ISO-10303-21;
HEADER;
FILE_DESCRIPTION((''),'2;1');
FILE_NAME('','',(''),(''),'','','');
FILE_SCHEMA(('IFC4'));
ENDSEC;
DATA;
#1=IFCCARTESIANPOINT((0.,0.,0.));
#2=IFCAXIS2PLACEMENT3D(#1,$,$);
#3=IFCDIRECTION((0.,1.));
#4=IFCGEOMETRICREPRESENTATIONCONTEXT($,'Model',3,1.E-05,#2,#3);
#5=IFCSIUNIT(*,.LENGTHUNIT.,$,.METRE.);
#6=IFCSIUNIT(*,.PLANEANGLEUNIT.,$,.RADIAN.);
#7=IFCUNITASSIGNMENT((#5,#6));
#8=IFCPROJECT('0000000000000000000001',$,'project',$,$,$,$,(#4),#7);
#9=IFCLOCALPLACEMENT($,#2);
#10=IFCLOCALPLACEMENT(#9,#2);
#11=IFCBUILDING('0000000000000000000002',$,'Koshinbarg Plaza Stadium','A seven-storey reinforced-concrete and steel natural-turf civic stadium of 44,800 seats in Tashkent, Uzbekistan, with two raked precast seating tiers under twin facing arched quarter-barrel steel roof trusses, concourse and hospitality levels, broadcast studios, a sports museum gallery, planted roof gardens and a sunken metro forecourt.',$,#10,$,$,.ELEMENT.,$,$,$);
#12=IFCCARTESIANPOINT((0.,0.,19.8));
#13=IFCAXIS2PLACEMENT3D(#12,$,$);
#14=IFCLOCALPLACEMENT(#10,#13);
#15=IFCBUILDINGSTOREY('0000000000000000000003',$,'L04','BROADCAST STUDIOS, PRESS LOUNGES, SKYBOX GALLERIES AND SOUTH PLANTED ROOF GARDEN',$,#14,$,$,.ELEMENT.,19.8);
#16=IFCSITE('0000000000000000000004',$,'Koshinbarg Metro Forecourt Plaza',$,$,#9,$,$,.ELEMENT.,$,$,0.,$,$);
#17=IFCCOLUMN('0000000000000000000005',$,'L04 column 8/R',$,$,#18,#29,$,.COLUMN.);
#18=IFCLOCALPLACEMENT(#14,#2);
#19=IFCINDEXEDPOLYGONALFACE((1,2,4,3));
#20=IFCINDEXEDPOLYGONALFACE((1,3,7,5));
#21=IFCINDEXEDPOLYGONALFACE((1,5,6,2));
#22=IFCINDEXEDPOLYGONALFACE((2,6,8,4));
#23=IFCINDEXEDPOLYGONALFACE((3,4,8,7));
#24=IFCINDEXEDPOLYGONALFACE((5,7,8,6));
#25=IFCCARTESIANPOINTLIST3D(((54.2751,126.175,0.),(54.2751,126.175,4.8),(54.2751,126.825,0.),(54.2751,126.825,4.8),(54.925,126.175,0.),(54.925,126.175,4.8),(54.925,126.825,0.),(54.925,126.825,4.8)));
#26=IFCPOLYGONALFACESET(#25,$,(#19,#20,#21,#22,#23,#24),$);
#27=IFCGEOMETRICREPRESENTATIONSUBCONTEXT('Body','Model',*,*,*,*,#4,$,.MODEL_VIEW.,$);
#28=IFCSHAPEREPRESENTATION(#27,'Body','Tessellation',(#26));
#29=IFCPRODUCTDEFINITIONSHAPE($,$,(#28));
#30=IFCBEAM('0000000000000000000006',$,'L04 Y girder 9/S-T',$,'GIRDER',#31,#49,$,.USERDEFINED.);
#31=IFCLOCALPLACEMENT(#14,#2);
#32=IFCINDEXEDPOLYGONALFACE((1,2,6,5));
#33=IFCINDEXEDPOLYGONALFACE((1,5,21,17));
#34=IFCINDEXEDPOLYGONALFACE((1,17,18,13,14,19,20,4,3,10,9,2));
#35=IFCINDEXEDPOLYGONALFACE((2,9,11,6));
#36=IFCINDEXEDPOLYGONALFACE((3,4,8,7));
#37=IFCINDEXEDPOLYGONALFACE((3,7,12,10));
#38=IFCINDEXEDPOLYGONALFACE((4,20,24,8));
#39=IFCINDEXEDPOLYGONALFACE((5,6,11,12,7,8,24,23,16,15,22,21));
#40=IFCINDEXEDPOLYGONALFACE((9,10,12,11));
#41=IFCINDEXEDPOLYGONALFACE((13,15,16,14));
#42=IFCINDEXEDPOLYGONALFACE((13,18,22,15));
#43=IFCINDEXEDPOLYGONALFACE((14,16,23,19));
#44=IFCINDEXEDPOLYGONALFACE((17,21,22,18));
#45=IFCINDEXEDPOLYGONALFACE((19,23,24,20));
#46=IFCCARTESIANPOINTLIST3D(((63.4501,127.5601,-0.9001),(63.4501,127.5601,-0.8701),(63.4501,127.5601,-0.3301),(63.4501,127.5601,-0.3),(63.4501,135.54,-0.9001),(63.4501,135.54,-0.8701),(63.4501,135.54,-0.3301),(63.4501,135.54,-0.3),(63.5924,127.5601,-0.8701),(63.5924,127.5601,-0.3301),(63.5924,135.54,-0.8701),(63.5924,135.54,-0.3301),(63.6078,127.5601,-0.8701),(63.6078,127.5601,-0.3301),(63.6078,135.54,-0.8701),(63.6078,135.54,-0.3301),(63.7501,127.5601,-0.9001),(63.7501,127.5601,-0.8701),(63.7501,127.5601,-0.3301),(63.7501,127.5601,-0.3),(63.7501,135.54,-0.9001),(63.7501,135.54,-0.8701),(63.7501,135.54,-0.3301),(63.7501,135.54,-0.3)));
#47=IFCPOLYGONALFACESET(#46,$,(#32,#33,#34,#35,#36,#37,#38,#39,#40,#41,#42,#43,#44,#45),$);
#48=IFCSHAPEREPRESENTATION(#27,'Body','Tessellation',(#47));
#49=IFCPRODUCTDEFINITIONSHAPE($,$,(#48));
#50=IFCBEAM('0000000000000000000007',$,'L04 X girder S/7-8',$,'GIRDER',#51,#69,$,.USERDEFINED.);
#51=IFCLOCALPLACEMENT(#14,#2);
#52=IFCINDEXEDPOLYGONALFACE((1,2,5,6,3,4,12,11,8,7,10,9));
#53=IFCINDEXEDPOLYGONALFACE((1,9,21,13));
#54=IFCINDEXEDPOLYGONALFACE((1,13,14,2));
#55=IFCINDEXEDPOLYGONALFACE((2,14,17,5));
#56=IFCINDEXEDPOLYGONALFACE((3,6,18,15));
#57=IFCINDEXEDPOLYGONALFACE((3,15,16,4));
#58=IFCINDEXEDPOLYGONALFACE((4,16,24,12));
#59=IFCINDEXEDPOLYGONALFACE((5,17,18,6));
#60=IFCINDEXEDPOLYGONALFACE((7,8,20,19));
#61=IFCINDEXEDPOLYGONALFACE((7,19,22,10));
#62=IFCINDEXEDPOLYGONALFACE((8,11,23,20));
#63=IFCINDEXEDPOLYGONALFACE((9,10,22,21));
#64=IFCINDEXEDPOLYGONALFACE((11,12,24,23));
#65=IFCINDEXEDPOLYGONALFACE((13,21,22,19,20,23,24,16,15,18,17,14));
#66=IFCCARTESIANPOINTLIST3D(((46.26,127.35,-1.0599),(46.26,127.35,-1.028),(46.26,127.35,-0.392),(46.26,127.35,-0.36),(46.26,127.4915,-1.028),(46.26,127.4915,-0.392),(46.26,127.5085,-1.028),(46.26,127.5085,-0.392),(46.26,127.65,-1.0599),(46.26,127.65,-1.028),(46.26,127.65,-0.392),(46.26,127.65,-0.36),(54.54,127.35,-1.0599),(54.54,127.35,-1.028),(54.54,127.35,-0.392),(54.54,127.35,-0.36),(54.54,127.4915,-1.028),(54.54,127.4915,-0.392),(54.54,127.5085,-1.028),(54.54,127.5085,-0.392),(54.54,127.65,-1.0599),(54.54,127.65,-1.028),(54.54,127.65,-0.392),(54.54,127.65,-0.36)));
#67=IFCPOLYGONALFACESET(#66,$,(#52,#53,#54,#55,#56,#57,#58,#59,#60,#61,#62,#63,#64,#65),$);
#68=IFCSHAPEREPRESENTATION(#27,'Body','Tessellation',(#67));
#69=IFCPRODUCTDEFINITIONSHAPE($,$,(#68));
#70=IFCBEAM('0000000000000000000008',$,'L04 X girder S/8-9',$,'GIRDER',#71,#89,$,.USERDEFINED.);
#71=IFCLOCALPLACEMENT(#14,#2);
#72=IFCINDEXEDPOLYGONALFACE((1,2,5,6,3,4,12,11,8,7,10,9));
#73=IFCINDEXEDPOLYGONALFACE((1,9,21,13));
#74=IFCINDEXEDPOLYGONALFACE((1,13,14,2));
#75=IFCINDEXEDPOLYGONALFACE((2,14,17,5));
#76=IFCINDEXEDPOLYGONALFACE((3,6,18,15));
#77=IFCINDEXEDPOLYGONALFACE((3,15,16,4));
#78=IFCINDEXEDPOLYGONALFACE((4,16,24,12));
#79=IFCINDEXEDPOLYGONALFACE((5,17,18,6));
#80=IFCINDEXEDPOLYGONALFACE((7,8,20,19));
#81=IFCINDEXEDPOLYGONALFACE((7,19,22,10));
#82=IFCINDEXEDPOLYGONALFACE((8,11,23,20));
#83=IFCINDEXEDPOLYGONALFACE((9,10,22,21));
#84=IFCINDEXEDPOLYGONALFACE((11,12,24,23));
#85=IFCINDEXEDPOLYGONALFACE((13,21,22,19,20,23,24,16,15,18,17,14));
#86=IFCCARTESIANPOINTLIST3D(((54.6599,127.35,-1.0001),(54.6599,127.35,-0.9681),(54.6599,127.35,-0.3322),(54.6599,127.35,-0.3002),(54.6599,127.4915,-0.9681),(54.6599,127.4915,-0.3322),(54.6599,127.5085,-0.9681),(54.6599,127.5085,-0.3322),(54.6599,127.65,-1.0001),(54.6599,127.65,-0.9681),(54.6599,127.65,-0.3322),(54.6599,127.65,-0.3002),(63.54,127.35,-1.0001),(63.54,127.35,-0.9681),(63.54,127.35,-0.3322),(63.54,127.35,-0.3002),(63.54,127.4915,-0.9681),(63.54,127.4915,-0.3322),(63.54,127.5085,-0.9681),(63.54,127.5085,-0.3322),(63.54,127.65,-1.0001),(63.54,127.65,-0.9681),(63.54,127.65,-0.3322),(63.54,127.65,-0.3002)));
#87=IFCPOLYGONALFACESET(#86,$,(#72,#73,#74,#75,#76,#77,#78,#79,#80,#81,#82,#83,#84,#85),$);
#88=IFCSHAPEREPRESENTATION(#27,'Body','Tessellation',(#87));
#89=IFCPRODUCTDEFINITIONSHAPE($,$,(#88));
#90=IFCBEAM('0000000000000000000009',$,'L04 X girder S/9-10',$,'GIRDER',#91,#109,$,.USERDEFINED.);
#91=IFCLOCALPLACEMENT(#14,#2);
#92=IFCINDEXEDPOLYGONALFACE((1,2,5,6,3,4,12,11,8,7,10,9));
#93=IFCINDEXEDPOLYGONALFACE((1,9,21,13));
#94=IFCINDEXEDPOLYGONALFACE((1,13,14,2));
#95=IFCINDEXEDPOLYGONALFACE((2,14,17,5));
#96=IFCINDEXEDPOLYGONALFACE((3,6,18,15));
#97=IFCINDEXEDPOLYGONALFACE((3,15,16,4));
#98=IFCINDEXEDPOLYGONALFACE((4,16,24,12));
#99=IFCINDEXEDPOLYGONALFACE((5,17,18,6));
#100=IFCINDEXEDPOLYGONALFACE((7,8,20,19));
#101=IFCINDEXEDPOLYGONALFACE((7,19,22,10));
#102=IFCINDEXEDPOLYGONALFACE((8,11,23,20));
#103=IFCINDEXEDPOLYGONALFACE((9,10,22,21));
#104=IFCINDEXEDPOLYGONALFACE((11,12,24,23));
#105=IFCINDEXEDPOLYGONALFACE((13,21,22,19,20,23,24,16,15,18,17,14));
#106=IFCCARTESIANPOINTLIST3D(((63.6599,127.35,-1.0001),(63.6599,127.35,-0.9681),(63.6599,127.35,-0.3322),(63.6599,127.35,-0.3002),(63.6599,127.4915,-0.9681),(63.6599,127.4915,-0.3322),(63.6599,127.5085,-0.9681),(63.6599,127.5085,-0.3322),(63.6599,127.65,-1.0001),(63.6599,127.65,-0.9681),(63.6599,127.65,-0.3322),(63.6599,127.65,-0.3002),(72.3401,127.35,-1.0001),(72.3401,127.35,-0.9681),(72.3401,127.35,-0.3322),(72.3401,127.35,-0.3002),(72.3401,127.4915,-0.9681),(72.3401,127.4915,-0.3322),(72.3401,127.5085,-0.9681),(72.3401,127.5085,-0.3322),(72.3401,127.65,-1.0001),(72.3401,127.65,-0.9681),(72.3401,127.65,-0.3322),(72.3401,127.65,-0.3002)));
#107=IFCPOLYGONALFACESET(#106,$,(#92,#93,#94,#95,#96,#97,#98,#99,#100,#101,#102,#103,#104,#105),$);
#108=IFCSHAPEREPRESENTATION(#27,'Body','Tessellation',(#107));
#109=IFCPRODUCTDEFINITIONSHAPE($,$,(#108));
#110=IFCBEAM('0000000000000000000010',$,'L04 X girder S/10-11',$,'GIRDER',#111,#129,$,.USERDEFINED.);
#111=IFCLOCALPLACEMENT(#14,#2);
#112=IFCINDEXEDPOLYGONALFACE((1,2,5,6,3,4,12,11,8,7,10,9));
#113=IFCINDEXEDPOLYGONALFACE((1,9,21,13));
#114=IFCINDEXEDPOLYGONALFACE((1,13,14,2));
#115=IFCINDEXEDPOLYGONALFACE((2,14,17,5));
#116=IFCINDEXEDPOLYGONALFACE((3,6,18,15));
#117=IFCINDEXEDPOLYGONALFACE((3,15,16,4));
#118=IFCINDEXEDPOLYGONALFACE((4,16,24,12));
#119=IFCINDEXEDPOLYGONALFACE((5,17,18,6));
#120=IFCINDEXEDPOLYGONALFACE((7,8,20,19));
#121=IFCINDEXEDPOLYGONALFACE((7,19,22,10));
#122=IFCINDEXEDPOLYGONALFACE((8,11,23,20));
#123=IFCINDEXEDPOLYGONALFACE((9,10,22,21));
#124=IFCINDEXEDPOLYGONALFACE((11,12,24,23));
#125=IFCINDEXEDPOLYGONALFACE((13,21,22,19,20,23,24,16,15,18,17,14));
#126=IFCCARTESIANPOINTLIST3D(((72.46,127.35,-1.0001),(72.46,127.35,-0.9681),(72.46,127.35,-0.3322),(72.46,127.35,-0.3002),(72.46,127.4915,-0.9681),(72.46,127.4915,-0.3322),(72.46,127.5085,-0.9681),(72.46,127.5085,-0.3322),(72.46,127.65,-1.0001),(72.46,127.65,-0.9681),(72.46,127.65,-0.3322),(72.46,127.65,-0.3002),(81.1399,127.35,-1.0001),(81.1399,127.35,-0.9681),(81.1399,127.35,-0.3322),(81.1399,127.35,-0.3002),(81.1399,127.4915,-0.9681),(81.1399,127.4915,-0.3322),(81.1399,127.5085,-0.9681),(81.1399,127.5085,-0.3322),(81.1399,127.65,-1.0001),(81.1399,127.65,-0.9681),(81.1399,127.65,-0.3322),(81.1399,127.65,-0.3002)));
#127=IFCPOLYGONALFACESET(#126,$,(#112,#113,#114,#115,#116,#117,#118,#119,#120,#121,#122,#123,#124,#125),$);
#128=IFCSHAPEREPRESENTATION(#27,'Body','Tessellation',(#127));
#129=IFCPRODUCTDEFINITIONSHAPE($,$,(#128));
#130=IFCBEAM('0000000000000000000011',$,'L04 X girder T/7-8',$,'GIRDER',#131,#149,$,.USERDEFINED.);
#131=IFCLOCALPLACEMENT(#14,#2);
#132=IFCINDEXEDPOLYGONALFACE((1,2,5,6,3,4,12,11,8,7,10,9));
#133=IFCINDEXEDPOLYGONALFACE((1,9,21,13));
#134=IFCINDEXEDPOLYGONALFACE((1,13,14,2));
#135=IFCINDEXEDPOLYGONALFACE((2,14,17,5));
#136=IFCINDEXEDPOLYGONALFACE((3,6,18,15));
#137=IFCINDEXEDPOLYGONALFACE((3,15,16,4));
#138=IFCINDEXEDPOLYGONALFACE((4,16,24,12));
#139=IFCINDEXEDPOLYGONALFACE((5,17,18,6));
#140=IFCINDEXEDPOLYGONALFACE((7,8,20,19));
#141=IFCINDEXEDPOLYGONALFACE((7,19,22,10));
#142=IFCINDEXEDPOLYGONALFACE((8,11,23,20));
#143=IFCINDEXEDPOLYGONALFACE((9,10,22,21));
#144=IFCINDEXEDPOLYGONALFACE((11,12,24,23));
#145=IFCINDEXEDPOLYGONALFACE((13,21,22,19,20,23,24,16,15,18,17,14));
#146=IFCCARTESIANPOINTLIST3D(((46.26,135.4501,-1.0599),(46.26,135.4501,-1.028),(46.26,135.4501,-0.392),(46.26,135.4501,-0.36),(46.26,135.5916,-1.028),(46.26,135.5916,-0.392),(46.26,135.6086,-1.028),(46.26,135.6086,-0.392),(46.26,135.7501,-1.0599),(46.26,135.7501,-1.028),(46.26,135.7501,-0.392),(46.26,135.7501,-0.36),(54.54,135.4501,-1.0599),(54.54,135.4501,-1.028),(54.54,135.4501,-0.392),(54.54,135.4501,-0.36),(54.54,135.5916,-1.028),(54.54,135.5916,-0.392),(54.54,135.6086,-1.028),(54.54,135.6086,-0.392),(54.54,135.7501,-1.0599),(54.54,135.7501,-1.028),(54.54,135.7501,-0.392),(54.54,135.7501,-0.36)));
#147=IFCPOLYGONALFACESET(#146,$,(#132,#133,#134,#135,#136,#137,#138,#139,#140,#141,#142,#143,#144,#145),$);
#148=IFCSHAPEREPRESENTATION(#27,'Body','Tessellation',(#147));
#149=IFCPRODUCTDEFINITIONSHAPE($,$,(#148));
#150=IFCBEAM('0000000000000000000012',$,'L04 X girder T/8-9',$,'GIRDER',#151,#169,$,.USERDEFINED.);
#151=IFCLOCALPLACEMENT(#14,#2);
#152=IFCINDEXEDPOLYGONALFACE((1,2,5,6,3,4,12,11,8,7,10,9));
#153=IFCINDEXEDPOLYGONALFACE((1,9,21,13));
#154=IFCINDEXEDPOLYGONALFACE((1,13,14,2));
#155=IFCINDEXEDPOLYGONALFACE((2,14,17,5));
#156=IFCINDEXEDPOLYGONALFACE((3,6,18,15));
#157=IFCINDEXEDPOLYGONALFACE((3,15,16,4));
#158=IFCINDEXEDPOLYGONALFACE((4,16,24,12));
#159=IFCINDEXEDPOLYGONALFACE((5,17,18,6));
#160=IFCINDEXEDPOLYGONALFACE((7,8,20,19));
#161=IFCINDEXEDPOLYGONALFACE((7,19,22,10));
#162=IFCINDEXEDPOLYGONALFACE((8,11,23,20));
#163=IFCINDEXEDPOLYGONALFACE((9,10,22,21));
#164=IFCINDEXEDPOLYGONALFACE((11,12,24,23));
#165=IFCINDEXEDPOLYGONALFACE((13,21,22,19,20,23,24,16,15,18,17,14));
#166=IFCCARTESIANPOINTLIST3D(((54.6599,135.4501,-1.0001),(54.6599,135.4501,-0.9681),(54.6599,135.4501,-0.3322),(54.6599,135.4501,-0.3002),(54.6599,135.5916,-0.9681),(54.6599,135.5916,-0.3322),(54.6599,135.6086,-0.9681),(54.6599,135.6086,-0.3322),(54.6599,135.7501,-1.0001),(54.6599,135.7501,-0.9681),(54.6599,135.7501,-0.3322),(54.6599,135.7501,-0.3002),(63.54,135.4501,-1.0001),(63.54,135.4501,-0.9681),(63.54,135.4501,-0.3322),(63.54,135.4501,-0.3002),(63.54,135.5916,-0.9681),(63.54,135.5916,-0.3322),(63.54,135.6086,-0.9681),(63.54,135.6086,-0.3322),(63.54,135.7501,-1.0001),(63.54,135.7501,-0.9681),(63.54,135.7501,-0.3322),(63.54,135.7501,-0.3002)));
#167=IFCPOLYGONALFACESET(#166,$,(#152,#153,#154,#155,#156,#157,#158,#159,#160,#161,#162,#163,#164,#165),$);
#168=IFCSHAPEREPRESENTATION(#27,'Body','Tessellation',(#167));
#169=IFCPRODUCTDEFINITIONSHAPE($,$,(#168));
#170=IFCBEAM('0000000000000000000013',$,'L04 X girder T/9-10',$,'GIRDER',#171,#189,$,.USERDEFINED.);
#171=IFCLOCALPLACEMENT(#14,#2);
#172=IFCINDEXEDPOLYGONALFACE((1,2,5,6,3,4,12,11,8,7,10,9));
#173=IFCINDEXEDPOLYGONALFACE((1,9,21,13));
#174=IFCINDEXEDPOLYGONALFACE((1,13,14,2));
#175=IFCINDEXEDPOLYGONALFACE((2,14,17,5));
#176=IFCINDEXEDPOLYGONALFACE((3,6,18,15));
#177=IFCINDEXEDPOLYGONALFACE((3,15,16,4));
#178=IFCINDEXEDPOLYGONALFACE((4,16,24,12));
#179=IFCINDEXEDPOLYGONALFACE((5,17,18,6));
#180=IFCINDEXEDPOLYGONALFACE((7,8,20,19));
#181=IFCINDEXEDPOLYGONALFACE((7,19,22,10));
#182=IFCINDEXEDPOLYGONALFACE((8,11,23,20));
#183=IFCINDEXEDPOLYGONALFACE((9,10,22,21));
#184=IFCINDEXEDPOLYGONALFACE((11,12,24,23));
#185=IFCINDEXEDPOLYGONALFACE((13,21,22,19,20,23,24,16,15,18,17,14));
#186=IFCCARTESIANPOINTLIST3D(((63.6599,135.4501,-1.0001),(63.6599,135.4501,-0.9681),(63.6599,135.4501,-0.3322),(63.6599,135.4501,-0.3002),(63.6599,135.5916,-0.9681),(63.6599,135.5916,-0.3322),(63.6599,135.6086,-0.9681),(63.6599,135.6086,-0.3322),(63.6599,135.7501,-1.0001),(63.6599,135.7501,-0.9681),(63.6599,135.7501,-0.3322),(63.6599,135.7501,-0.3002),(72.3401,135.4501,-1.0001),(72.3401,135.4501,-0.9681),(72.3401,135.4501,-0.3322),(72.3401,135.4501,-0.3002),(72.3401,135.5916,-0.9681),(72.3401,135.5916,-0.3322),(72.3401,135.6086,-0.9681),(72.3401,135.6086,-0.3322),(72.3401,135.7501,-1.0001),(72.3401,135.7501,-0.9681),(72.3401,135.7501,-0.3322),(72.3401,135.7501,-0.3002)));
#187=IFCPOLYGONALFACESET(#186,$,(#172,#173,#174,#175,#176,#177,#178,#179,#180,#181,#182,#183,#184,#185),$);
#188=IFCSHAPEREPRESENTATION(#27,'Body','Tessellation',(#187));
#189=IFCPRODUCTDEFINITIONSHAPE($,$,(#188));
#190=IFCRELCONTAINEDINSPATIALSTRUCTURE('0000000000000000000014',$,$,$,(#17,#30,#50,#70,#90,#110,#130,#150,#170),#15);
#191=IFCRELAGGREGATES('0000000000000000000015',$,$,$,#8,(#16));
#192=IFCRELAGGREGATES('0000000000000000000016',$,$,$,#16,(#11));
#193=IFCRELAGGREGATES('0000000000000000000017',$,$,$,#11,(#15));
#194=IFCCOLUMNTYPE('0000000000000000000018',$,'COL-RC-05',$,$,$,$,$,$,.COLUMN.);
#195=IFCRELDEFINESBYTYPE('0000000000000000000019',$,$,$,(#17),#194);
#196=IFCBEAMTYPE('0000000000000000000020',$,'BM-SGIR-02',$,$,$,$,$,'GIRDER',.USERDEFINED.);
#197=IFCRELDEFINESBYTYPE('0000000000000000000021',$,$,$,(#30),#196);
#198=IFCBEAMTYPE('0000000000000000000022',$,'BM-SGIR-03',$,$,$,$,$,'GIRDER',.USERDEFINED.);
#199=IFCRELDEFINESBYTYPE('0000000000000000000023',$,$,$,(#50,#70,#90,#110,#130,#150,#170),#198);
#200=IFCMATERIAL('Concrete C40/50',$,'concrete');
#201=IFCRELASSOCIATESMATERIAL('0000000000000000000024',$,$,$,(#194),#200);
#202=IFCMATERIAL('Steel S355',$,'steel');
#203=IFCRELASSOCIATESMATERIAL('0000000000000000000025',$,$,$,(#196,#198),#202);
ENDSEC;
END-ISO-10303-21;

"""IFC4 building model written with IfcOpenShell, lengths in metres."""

from ifc_helpers import new_model, si_unit, direction, frame, origin, origin_2d, place, context, subcontext, project, spatial, rectangle, i_section, extrude, material, material_profile, profile_set, type_object, element, save


model = new_model("IFC4")

# Units and contexts
model_context = context("Model", 3, precision=1e-05, world=origin(), true_north=direction((0.0, 1.0)))
body_context = subcontext(model_context, "Body", "Model", "MODEL_VIEW")
ifc_project = project(units=[si_unit("LENGTHUNIT", "METRE"), si_unit("PLANEANGLEUNIT", "RADIAN")], contexts=[model_context])

# Site, building, storey
site_placement = place(None, origin())
site = spatial("IfcSite", under=ifc_project, at=site_placement, Name="Koshinbarg Metro Forecourt Plaza", CompositionType="ELEMENT", RefElevation=0.0)
building_placement = place(site_placement, origin())
building = spatial("IfcBuilding", under=site, at=building_placement, Name="Koshinbarg Plaza Stadium", Description="A seven-storey reinforced-concrete and steel natural-turf civic stadium of 44,800 seats in Tashkent, Uzbekistan, with two raked precast seating tiers under twin facing arched quarter-barrel steel roof trusses, concourse and hospitality levels, broadcast studios, a sports museum gallery, planted roof gardens and a sunken metro forecourt.", CompositionType="ELEMENT")
storey_placement = place(building_placement, frame((0.0, 0.0, 19.8)))
storey = spatial("IfcBuildingStorey", under=building, at=storey_placement, Name="L04", Description="BROADCAST STUDIOS, PRESS LOUNGES, SKYBOX GALLERIES AND SOUTH PLANTED ROOF GARDEN", CompositionType="ELEMENT", Elevation=19.8)

# Column
ifc_material_1 = material(Name="Concrete C40/50", Category="concrete")
ifc_material_profile_1 = material_profile(ifc_material_1, rectangle(XDim=0.6499, YDim=0.6499, at=origin_2d()), Name="RC 650x650")
ifc_profile_set_1 = profile_set([ifc_material_profile_1], Name="Concrete C40/50")
column_type = type_object("IfcColumnType", Name="COL-RC-05", PredefinedType="COLUMN", material=ifc_profile_set_1)
column_placement = place(storey_placement, frame((54.6001, 126.5, 0.0), z_axis=(0.0, 0.0, 1.0), x_axis=(1.0, 0.0, 0.0)))
element("IfcColumn", 1, at=column_placement, inside=storey, type_object=column_type, Name="L04 column 8/R", PredefinedType="COLUMN", context=body_context, shape_type="SweptSolid", body=[
    extrude(rectangle(XDim=0.6499, YDim=0.6499, at=origin_2d()), origin(), (0.0, 0.0, 1.0), 4.8),
])

# Beams
ifc_material_2 = material(Name="Steel S355", Category="steel")
ifc_material_profile_2 = material_profile(ifc_material_2, i_section(OverallWidth=0.3, OverallDepth=0.6001, WebThickness=0.0154, FlangeThickness=0.03, at=origin_2d()), Name="HEB 600")
ifc_profile_set_2 = profile_set([ifc_material_profile_2], Name="Steel S355")
beam_type_1 = type_object("IfcBeamType", Name="BM-SGIR-02", ElementType="GIRDER", PredefinedType="USERDEFINED", material=ifc_profile_set_2)
beam_1_placement = place(storey_placement, frame((63.6001, 127.5601, -0.6001), z_axis=(0.0, 1.0, 0.0), x_axis=(-1.0, 0.0, 0.0)))
element("IfcBeam", 2, at=beam_1_placement, inside=storey, type_object=beam_type_1, Name="L04 Y girder 9/S-T", ObjectType="GIRDER", PredefinedType="USERDEFINED", context=body_context, shape_type="SweptSolid", body=[
    extrude(i_section(OverallWidth=0.3, OverallDepth=0.6001, WebThickness=0.0154, FlangeThickness=0.03, at=origin_2d()), origin(), (0.0, 0.0, 1.0), 7.98),
])
ifc_material_profile_3 = material_profile(ifc_material_2, i_section(OverallWidth=0.3, OverallDepth=0.7, WebThickness=0.0171, FlangeThickness=0.032, at=origin_2d()), Name="HEB 700")
ifc_profile_set_3 = profile_set([ifc_material_profile_3], Name="Steel S355")
beam_type_2 = type_object("IfcBeamType", Name="BM-SGIR-03", ElementType="GIRDER", PredefinedType="USERDEFINED", material=ifc_profile_set_3)
beam_2_placement = place(storey_placement, frame((46.26, 127.5, -0.71), z_axis=(1.0, 0.0, 0.0), x_axis=(0.0, 1.0, 0.0)))
element("IfcBeam", 3, at=beam_2_placement, inside=storey, type_object=beam_type_2, Name="L04 X girder S/7-8", ObjectType="GIRDER", PredefinedType="USERDEFINED", context=body_context, shape_type="SweptSolid", body=[
    extrude(i_section(OverallWidth=0.3, OverallDepth=0.7, WebThickness=0.0171, FlangeThickness=0.032, at=origin_2d()), origin(), (0.0, 0.0, 1.0), 8.28),
])
beam_3_placement = place(storey_placement, frame((54.6599, 127.5, -0.6501), z_axis=(1.0, 0.0, 0.0), x_axis=(0.0, 1.0, 0.0)))
element("IfcBeam", 4, at=beam_3_placement, inside=storey, type_object=beam_type_2, Name="L04 X girder S/8-9", ObjectType="GIRDER", PredefinedType="USERDEFINED", context=body_context, shape_type="SweptSolid", body=[
    extrude(i_section(OverallWidth=0.3, OverallDepth=0.7, WebThickness=0.0171, FlangeThickness=0.032, at=origin_2d()), origin(), (0.0, 0.0, 1.0), 8.8801),
])
beam_4_placement = place(storey_placement, frame((63.6599, 127.5, -0.6501), z_axis=(1.0, 0.0, 0.0), x_axis=(0.0, 1.0, 0.0)))
element("IfcBeam", 5, at=beam_4_placement, inside=storey, type_object=beam_type_2, Name="L04 X girder S/9-10", ObjectType="GIRDER", PredefinedType="USERDEFINED", context=body_context, shape_type="SweptSolid", body=[
    extrude(i_section(OverallWidth=0.3, OverallDepth=0.7, WebThickness=0.0171, FlangeThickness=0.032, at=origin_2d()), origin(), (0.0, 0.0, 1.0), 8.6802),
])
beam_5_placement = place(storey_placement, frame((72.46, 127.5, -0.6501), z_axis=(1.0, 0.0, 0.0), x_axis=(0.0, 1.0, 0.0)))
element("IfcBeam", 6, at=beam_5_placement, inside=storey, type_object=beam_type_2, Name="L04 X girder S/10-11", ObjectType="GIRDER", PredefinedType="USERDEFINED", context=body_context, shape_type="SweptSolid", body=[
    extrude(i_section(OverallWidth=0.3, OverallDepth=0.7, WebThickness=0.0171, FlangeThickness=0.032, at=origin_2d()), origin(), (0.0, 0.0, 1.0), 8.6799),
])
beam_6_placement = place(storey_placement, frame((46.26, 135.6001, -0.71), z_axis=(1.0, 0.0, 0.0), x_axis=(0.0, 1.0, 0.0)))
element("IfcBeam", 7, at=beam_6_placement, inside=storey, type_object=beam_type_2, Name="L04 X girder T/7-8", ObjectType="GIRDER", PredefinedType="USERDEFINED", context=body_context, shape_type="SweptSolid", body=[
    extrude(i_section(OverallWidth=0.3, OverallDepth=0.7, WebThickness=0.0171, FlangeThickness=0.032, at=origin_2d()), origin(), (0.0, 0.0, 1.0), 8.28),
])
beam_7_placement = place(storey_placement, frame((54.6599, 135.6001, -0.6501), z_axis=(1.0, 0.0, 0.0), x_axis=(0.0, 1.0, 0.0)))
element("IfcBeam", 8, at=beam_7_placement, inside=storey, type_object=beam_type_2, Name="L04 X girder T/8-9", ObjectType="GIRDER", PredefinedType="USERDEFINED", context=body_context, shape_type="SweptSolid", body=[
    extrude(i_section(OverallWidth=0.3, OverallDepth=0.7, WebThickness=0.0171, FlangeThickness=0.032, at=origin_2d()), origin(), (0.0, 0.0, 1.0), 8.8801),
])
beam_8_placement = place(storey_placement, frame((63.6599, 135.6001, -0.6501), z_axis=(1.0, 0.0, 0.0), x_axis=(0.0, 1.0, 0.0)))
element("IfcBeam", 9, at=beam_8_placement, inside=storey, type_object=beam_type_2, Name="L04 X girder T/9-10", ObjectType="GIRDER", PredefinedType="USERDEFINED", context=body_context, shape_type="SweptSolid", body=[
    extrude(i_section(OverallWidth=0.3, OverallDepth=0.7, WebThickness=0.0171, FlangeThickness=0.032, at=origin_2d()), origin(), (0.0, 0.0, 1.0), 8.6802),
])

save(model, "model.ifc")
